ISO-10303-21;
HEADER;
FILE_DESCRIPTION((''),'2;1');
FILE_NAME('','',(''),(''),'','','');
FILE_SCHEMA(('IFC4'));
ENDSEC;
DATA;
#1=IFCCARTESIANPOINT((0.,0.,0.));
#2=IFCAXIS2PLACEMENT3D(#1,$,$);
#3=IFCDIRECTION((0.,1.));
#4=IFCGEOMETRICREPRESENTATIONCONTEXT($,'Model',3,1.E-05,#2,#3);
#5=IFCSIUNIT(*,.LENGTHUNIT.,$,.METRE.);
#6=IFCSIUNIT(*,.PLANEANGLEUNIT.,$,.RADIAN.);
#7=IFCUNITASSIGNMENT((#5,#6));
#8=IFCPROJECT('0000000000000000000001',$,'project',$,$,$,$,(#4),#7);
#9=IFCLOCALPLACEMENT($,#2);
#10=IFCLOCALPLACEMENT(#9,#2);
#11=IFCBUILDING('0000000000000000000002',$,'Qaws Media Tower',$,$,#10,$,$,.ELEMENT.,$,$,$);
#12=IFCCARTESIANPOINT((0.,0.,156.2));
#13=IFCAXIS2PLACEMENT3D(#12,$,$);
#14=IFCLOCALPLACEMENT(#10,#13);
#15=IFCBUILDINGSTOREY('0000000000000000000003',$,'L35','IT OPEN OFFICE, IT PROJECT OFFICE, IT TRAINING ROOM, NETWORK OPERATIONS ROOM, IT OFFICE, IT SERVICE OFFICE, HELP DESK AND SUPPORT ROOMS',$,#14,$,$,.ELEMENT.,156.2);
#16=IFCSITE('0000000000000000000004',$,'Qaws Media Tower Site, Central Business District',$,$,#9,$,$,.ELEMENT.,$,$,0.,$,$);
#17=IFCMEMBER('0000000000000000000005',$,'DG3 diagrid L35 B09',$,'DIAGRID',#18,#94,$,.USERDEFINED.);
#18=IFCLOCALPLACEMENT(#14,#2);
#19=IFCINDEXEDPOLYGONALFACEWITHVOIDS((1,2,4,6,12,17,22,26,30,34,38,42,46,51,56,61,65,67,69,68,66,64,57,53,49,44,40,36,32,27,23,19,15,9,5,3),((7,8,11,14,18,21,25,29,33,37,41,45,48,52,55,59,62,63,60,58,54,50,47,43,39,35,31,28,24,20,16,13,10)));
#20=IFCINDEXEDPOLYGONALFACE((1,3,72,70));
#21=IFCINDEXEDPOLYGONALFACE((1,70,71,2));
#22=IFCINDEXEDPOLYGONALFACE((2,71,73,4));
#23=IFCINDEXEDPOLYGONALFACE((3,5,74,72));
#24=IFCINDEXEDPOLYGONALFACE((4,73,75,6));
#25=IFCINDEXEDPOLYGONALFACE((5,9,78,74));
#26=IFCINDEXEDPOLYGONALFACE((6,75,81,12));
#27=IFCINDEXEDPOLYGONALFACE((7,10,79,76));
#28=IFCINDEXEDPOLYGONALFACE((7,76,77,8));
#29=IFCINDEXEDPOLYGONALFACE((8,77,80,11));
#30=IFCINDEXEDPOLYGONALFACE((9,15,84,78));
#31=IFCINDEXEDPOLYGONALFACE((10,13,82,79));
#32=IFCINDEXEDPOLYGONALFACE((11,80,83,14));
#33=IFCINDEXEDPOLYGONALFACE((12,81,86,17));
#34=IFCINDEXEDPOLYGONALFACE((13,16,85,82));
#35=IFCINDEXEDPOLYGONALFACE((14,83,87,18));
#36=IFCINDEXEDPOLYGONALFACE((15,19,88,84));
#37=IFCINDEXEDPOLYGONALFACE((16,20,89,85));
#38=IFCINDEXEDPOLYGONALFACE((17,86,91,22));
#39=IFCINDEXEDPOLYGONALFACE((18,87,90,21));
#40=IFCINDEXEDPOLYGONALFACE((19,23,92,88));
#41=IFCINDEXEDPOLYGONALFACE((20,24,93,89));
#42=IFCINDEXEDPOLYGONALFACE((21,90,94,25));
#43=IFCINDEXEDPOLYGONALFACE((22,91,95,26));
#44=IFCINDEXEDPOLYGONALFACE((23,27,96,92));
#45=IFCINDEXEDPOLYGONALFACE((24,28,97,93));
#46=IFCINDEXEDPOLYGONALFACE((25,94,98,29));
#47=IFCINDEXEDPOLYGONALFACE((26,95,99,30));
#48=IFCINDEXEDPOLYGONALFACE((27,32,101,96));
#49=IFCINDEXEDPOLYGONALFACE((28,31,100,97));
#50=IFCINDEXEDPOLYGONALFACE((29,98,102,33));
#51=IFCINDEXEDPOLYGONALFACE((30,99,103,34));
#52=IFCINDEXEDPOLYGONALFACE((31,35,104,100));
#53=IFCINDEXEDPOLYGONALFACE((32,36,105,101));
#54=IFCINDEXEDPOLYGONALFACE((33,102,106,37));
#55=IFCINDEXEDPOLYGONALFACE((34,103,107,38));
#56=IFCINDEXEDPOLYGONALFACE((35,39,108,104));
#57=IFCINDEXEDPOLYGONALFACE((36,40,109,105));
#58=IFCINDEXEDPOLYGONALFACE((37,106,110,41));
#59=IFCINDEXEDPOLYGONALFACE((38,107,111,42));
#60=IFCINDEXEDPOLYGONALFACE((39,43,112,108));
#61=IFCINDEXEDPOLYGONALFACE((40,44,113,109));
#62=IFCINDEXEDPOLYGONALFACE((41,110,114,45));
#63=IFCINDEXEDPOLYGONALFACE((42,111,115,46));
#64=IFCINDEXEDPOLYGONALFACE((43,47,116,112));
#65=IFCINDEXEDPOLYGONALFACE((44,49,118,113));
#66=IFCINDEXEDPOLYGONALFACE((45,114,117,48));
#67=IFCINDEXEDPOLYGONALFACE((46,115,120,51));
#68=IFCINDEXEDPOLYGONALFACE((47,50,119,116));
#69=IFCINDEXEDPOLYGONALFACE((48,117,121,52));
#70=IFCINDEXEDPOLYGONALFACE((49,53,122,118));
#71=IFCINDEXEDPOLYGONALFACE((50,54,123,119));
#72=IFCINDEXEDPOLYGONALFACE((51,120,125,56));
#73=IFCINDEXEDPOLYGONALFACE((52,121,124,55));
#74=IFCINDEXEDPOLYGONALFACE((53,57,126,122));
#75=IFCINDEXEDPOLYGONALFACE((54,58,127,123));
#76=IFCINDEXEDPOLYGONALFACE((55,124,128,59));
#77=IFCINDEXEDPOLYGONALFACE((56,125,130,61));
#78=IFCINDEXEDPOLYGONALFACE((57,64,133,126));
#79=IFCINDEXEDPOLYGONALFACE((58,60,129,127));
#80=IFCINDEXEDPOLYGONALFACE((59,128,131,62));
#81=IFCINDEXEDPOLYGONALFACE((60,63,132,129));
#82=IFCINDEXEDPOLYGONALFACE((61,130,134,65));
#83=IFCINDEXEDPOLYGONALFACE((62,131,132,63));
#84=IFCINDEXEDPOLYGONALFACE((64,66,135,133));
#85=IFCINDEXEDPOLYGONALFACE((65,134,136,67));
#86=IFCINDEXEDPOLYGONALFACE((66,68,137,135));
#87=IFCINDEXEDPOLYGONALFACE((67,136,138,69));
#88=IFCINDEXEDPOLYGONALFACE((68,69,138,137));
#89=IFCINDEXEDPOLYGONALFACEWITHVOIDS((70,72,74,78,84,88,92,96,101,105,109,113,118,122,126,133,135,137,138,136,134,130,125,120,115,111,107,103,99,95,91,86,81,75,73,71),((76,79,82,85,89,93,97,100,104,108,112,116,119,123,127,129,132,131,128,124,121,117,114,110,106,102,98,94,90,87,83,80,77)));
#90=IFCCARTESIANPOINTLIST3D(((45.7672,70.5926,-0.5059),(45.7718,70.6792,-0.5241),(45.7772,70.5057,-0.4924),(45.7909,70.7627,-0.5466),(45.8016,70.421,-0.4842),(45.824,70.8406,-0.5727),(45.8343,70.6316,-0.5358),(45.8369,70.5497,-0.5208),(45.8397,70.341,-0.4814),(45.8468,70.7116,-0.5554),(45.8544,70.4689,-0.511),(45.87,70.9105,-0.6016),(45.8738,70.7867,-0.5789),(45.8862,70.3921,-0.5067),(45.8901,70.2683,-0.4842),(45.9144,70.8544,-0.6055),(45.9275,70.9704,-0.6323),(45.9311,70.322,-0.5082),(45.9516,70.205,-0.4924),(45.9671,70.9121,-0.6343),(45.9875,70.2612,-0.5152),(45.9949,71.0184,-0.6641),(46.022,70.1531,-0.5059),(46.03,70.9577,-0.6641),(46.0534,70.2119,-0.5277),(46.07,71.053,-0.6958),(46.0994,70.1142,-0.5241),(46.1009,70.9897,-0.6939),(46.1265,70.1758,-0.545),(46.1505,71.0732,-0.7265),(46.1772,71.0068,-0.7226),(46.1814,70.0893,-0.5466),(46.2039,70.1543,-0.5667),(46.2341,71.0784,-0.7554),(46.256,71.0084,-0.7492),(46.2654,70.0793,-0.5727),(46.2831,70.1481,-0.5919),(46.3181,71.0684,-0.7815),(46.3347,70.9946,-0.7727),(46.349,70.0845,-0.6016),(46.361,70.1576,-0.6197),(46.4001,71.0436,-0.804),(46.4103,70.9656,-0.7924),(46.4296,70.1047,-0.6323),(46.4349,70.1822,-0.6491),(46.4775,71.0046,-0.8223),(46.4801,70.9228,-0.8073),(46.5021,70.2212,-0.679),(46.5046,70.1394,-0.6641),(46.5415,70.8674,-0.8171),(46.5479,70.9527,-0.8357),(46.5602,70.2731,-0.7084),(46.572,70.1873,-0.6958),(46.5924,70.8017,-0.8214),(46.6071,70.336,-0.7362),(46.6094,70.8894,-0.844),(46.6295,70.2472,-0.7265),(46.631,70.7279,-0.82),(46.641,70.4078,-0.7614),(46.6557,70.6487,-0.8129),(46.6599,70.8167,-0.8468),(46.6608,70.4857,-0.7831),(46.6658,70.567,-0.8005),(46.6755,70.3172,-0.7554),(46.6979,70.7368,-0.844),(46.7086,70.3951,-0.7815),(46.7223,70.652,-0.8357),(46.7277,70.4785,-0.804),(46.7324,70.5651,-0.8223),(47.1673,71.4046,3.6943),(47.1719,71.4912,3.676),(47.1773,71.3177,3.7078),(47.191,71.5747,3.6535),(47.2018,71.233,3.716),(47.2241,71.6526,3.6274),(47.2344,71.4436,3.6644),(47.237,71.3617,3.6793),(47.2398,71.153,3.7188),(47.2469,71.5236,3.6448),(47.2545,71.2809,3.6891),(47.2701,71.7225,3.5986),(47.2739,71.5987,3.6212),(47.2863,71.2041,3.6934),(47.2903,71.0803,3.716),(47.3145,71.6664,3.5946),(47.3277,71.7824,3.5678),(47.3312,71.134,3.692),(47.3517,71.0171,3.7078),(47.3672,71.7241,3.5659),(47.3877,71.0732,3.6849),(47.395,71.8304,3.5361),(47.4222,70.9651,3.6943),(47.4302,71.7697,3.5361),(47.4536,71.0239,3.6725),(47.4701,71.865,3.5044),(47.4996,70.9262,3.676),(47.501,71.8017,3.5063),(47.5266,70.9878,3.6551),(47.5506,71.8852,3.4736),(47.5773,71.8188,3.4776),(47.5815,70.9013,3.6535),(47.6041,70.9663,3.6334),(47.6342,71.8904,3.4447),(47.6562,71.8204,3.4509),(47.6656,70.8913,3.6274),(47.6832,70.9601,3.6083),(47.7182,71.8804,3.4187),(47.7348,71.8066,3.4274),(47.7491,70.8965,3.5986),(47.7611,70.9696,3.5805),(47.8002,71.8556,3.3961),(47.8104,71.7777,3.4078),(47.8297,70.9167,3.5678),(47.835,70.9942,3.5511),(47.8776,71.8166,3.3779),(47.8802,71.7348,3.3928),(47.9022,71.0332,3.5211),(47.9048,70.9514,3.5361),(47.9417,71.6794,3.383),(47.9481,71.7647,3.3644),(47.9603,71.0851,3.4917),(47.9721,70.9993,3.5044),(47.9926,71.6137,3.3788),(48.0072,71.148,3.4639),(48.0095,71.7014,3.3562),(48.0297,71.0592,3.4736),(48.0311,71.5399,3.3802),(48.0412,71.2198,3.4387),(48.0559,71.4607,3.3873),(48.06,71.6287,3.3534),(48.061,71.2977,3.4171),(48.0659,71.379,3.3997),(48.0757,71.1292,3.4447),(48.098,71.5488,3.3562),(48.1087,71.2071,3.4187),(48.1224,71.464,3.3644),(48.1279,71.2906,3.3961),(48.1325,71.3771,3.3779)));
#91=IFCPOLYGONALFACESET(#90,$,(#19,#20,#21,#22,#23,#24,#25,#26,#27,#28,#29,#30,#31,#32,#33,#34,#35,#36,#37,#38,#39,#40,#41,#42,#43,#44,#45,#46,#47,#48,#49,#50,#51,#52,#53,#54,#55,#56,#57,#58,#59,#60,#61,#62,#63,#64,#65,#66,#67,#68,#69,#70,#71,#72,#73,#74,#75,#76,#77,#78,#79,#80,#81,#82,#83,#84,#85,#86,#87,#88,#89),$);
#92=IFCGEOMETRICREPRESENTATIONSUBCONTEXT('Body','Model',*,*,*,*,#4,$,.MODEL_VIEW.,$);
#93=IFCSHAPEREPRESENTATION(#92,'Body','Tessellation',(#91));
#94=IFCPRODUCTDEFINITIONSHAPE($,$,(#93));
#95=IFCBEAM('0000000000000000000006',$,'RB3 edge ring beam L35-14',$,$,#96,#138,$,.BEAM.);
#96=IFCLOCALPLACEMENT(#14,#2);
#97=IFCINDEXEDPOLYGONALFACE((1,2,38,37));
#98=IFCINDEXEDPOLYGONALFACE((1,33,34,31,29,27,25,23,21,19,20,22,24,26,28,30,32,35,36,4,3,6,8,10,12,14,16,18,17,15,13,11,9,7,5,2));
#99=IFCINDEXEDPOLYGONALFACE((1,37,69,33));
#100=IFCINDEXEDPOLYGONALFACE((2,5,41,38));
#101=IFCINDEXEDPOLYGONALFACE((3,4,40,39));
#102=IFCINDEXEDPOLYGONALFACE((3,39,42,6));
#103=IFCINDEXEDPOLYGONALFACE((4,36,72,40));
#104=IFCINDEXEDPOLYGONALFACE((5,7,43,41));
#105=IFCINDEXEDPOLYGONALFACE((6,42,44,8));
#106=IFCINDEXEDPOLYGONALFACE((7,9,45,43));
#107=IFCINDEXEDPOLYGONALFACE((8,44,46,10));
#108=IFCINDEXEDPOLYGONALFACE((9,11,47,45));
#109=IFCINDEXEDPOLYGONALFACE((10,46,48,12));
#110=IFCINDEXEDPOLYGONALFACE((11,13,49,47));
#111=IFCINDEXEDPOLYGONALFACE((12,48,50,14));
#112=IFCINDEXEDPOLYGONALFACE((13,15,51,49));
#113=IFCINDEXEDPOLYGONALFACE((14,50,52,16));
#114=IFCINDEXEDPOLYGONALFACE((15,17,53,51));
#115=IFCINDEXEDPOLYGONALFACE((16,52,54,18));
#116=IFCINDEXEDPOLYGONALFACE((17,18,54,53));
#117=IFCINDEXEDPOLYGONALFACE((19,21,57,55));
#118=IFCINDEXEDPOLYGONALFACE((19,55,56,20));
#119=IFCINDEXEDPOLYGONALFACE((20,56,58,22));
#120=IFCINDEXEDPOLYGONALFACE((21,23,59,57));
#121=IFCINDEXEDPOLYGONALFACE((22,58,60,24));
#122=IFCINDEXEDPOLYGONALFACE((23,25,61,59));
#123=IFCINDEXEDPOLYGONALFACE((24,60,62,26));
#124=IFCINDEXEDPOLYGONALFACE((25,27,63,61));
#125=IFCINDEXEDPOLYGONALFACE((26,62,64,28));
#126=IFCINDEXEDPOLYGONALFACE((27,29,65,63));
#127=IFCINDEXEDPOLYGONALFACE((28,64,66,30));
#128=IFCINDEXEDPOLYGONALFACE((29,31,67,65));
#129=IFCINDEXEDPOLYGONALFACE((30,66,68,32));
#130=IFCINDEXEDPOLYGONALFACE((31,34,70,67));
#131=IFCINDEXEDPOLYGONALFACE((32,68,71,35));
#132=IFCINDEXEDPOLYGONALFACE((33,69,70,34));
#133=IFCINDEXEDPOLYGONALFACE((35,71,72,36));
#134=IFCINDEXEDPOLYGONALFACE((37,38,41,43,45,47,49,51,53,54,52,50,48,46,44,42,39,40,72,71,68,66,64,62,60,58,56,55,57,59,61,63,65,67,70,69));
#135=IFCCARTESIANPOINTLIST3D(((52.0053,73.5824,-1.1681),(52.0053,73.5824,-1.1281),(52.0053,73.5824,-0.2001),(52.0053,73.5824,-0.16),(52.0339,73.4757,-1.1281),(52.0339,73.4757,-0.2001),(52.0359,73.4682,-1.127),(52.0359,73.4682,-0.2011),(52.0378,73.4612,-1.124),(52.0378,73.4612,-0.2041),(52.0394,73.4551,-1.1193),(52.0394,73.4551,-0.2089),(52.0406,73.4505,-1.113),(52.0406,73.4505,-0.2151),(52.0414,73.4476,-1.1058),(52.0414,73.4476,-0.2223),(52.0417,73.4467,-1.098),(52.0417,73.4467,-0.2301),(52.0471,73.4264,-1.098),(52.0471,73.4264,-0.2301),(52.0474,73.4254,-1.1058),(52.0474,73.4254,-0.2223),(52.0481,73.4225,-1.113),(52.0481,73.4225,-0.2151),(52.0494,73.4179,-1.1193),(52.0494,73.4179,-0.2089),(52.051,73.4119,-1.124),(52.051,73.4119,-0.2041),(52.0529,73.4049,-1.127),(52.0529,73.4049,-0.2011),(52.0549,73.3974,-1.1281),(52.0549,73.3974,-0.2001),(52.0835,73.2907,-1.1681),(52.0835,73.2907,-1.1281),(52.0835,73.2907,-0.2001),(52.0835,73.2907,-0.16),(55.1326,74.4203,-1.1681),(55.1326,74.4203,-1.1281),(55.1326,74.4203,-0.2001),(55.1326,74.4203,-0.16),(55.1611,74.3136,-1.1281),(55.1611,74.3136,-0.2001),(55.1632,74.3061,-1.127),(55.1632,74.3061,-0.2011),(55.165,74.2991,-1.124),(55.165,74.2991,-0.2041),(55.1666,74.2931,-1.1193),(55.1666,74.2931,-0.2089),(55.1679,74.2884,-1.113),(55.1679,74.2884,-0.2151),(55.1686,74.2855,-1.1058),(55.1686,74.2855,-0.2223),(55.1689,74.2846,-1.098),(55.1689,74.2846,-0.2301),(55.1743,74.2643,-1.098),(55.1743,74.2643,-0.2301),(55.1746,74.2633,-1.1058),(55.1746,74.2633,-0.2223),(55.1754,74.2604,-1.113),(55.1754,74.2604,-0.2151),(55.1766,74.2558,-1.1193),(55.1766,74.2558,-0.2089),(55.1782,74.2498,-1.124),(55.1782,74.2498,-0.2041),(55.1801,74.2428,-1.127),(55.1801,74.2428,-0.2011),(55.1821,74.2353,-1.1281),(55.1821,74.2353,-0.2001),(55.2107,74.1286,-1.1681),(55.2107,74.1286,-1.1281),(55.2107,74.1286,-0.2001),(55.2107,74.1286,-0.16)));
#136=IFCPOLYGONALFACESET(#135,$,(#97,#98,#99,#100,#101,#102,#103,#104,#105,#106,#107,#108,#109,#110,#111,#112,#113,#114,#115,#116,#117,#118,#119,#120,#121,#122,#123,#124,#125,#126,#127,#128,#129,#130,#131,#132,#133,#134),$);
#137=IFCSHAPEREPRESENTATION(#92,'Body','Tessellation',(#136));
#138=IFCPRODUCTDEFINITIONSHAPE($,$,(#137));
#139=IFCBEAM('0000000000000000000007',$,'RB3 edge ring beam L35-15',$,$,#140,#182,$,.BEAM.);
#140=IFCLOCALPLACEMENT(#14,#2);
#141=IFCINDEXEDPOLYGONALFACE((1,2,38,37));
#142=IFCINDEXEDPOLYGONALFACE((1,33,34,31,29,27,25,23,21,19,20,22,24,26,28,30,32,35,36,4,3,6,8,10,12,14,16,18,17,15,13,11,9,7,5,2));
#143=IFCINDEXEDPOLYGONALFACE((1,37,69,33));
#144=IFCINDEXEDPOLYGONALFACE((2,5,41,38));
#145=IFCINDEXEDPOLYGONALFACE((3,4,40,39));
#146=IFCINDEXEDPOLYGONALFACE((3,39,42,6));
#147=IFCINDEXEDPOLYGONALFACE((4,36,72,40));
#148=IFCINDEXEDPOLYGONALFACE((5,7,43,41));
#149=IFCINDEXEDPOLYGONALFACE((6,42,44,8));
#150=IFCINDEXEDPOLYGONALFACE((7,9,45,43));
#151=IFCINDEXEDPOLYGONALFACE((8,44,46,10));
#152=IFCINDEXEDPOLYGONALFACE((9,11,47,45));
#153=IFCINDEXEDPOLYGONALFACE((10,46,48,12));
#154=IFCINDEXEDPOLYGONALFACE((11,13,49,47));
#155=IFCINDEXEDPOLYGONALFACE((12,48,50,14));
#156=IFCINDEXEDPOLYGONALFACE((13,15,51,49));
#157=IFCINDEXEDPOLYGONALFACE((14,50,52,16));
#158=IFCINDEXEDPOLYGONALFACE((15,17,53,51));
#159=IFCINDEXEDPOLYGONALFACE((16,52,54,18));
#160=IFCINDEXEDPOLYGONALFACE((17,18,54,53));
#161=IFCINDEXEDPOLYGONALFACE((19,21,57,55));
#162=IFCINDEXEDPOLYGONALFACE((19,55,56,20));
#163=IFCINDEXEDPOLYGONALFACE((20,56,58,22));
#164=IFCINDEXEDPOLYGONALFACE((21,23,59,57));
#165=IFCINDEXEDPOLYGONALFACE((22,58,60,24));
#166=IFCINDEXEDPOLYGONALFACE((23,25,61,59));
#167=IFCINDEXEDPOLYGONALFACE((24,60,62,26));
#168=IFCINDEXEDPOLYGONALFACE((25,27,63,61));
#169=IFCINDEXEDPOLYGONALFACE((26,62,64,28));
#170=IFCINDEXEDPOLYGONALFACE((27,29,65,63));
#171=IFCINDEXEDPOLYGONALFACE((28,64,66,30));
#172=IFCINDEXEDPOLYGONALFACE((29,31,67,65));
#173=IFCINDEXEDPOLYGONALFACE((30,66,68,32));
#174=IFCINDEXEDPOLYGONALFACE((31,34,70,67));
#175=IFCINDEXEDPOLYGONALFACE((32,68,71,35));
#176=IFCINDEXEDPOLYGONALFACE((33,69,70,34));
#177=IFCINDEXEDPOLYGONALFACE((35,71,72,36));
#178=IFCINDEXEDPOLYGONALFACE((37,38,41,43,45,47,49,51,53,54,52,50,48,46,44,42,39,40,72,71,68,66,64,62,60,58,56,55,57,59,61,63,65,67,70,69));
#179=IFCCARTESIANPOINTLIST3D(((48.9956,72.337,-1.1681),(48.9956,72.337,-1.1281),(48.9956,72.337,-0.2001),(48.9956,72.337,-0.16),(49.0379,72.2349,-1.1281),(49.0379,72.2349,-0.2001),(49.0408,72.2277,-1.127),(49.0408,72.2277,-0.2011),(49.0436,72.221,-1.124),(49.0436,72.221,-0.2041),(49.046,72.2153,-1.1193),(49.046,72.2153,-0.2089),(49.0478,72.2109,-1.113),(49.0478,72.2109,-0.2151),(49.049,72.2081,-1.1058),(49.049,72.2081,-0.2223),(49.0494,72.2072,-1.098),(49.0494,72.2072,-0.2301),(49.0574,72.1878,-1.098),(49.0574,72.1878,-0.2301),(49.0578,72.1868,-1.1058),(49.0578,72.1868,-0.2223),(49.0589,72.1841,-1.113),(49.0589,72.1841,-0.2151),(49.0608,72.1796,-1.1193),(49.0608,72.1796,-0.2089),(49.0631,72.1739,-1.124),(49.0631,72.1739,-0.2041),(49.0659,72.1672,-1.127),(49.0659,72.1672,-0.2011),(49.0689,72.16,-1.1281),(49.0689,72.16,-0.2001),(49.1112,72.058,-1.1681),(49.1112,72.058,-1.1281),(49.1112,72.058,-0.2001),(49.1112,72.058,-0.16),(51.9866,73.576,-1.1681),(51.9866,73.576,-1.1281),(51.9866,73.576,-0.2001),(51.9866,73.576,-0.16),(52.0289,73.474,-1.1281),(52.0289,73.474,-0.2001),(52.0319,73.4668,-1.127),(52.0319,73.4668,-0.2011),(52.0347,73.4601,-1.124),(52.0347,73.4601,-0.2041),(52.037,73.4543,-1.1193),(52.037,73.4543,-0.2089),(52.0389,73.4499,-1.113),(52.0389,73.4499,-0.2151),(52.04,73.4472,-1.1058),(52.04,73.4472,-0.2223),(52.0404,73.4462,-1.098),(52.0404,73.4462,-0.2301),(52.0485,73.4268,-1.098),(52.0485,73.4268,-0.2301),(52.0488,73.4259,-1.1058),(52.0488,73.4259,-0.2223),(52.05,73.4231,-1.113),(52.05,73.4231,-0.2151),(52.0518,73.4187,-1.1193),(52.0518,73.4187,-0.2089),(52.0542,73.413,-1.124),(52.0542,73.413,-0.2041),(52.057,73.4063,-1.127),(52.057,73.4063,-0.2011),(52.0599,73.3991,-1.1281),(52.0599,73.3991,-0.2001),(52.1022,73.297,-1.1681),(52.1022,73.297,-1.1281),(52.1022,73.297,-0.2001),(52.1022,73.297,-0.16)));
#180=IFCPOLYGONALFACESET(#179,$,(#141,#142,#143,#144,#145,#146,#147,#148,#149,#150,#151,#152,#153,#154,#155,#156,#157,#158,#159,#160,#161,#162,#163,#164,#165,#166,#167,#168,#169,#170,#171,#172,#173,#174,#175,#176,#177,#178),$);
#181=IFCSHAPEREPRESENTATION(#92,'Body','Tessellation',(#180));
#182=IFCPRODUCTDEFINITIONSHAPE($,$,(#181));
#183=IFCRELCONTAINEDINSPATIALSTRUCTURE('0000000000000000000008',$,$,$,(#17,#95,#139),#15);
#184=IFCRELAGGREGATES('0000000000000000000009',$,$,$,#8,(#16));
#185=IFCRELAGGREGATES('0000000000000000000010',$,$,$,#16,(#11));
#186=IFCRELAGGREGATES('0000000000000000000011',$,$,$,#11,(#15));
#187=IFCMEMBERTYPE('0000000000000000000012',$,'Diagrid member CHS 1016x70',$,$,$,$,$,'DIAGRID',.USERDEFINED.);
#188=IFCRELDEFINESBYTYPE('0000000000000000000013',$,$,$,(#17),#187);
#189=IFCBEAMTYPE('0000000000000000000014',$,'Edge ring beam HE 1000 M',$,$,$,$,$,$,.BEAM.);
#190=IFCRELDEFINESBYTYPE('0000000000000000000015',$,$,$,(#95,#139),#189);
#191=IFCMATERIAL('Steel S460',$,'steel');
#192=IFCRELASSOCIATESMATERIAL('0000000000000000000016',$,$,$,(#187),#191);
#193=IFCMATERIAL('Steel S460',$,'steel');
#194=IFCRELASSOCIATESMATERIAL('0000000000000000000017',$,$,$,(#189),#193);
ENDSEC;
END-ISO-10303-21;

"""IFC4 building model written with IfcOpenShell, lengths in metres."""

from ifc_helpers import new_model, si_unit, direction, frame, origin, origin_2d, place, context, subcontext, project, spatial, hollow_circle, i_section, extrude, material, material_profile, profile_set, type_object, element, save


model = new_model("IFC4")

# Units and contexts
model_context = context("Model", 3, precision=1e-05, world=origin(), true_north=direction((0.0, 1.0)))
body_context = subcontext(model_context, "Body", "Model", "MODEL_VIEW")
ifc_project = project(units=[si_unit("LENGTHUNIT", "METRE"), si_unit("PLANEANGLEUNIT", "RADIAN")], contexts=[model_context])

# Site, building, storey
site_placement = place(None, origin())
site = spatial("IfcSite", under=ifc_project, at=site_placement, Name="Qaws Media Tower Site, Central Business District", CompositionType="ELEMENT", RefElevation=0.0)
building_placement = place(site_placement, origin())
building = spatial("IfcBuilding", under=site, at=building_placement, Name="Qaws Media Tower", CompositionType="ELEMENT")
storey_placement = place(building_placement, frame((0.0, 0.0, 156.2)))
storey = spatial("IfcBuildingStorey", under=building, at=storey_placement, Name="L35", Description="IT OPEN OFFICE, IT PROJECT OFFICE, IT TRAINING ROOM, NETWORK OPERATIONS ROOM, IT OFFICE, IT SERVICE OFFICE, HELP DESK AND SUPPORT ROOMS", CompositionType="ELEMENT", Elevation=156.2)

# Member
ifc_material_1 = material(Name="Steel S460", Category="steel")
ifc_material_profile_1 = material_profile(ifc_material_1, hollow_circle(Radius=0.5081, WallThickness=0.0701, at=origin_2d()), Name="CHS 1016x70")
ifc_profile_set_1 = profile_set([ifc_material_profile_1], Name="Steel S460")
member_type_1 = type_object("IfcMemberType", Name="Diagrid member CHS 1016x70", ElementType="DIAGRID", PredefinedType="USERDEFINED", material=ifc_profile_set_1)
for number, where, z_axis, x_axis, name in (
    (1, (46.2498, 70.5789, -0.6641), (0.311056, 0.180396, 0.933114), (-0.501684, 0.865051, 0.0), "DG3 diagrid L35 B09"),
):
    element("IfcMember", number, at=place(storey_placement, frame(where, z_axis=z_axis, x_axis=x_axis)), inside=storey, type_object=member_type_1, Name=name, ObjectType="DIAGRID", PredefinedType="USERDEFINED", context=body_context, shape_type="SweptSolid", body=[
        extrude(hollow_circle(Radius=0.5081, WallThickness=0.0701, at=origin_2d()), origin(), (0.0, 0.0, 1.0), 4.5012),
    ])

# Beams
ifc_material_2 = material(Name="Steel S460", Category="steel")
ifc_material_profile_2 = material_profile(ifc_material_2, i_section(OverallWidth=0.302, OverallDepth=1.0081, WebThickness=0.021, FlangeThickness=0.04, FilletRadius=0.03, at=origin_2d()), Name="HE 1000 M")
ifc_profile_set_2 = profile_set([ifc_material_profile_2], Name="Steel S460")
beam_type_1 = type_object("IfcBeamType", Name="Edge ring beam HE 1000 M", PredefinedType="BEAM", material=ifc_profile_set_2)
for number, where, z_axis, x_axis, name in (
    (2, (55.1716, 74.2744, -0.6641), (-0.965929, -0.258808, 0.0), (0.258808, -0.965929, 0.0), "RB3 edge ring beam L35-14"),
    (3, (52.0444, 73.4365, -0.6641), (-0.923867, -0.382714, 0.0), (0.382714, -0.923867, 0.0), "RB3 edge ring beam L35-15"),
):
    element("IfcBeam", number, at=place(storey_placement, frame(where, z_axis=z_axis, x_axis=x_axis)), inside=storey, type_object=beam_type_1, Name=name, PredefinedType="BEAM", context=body_context, shape_type="SweptSolid", body=[
        extrude(i_section(OverallWidth=0.302, OverallDepth=1.0081, WebThickness=0.021, FlangeThickness=0.04, FilletRadius=0.03, at=origin_2d()), origin(), (0.0, 0.0, 1.0), 3.2375),
    ])

save(model, "model.ifc")
